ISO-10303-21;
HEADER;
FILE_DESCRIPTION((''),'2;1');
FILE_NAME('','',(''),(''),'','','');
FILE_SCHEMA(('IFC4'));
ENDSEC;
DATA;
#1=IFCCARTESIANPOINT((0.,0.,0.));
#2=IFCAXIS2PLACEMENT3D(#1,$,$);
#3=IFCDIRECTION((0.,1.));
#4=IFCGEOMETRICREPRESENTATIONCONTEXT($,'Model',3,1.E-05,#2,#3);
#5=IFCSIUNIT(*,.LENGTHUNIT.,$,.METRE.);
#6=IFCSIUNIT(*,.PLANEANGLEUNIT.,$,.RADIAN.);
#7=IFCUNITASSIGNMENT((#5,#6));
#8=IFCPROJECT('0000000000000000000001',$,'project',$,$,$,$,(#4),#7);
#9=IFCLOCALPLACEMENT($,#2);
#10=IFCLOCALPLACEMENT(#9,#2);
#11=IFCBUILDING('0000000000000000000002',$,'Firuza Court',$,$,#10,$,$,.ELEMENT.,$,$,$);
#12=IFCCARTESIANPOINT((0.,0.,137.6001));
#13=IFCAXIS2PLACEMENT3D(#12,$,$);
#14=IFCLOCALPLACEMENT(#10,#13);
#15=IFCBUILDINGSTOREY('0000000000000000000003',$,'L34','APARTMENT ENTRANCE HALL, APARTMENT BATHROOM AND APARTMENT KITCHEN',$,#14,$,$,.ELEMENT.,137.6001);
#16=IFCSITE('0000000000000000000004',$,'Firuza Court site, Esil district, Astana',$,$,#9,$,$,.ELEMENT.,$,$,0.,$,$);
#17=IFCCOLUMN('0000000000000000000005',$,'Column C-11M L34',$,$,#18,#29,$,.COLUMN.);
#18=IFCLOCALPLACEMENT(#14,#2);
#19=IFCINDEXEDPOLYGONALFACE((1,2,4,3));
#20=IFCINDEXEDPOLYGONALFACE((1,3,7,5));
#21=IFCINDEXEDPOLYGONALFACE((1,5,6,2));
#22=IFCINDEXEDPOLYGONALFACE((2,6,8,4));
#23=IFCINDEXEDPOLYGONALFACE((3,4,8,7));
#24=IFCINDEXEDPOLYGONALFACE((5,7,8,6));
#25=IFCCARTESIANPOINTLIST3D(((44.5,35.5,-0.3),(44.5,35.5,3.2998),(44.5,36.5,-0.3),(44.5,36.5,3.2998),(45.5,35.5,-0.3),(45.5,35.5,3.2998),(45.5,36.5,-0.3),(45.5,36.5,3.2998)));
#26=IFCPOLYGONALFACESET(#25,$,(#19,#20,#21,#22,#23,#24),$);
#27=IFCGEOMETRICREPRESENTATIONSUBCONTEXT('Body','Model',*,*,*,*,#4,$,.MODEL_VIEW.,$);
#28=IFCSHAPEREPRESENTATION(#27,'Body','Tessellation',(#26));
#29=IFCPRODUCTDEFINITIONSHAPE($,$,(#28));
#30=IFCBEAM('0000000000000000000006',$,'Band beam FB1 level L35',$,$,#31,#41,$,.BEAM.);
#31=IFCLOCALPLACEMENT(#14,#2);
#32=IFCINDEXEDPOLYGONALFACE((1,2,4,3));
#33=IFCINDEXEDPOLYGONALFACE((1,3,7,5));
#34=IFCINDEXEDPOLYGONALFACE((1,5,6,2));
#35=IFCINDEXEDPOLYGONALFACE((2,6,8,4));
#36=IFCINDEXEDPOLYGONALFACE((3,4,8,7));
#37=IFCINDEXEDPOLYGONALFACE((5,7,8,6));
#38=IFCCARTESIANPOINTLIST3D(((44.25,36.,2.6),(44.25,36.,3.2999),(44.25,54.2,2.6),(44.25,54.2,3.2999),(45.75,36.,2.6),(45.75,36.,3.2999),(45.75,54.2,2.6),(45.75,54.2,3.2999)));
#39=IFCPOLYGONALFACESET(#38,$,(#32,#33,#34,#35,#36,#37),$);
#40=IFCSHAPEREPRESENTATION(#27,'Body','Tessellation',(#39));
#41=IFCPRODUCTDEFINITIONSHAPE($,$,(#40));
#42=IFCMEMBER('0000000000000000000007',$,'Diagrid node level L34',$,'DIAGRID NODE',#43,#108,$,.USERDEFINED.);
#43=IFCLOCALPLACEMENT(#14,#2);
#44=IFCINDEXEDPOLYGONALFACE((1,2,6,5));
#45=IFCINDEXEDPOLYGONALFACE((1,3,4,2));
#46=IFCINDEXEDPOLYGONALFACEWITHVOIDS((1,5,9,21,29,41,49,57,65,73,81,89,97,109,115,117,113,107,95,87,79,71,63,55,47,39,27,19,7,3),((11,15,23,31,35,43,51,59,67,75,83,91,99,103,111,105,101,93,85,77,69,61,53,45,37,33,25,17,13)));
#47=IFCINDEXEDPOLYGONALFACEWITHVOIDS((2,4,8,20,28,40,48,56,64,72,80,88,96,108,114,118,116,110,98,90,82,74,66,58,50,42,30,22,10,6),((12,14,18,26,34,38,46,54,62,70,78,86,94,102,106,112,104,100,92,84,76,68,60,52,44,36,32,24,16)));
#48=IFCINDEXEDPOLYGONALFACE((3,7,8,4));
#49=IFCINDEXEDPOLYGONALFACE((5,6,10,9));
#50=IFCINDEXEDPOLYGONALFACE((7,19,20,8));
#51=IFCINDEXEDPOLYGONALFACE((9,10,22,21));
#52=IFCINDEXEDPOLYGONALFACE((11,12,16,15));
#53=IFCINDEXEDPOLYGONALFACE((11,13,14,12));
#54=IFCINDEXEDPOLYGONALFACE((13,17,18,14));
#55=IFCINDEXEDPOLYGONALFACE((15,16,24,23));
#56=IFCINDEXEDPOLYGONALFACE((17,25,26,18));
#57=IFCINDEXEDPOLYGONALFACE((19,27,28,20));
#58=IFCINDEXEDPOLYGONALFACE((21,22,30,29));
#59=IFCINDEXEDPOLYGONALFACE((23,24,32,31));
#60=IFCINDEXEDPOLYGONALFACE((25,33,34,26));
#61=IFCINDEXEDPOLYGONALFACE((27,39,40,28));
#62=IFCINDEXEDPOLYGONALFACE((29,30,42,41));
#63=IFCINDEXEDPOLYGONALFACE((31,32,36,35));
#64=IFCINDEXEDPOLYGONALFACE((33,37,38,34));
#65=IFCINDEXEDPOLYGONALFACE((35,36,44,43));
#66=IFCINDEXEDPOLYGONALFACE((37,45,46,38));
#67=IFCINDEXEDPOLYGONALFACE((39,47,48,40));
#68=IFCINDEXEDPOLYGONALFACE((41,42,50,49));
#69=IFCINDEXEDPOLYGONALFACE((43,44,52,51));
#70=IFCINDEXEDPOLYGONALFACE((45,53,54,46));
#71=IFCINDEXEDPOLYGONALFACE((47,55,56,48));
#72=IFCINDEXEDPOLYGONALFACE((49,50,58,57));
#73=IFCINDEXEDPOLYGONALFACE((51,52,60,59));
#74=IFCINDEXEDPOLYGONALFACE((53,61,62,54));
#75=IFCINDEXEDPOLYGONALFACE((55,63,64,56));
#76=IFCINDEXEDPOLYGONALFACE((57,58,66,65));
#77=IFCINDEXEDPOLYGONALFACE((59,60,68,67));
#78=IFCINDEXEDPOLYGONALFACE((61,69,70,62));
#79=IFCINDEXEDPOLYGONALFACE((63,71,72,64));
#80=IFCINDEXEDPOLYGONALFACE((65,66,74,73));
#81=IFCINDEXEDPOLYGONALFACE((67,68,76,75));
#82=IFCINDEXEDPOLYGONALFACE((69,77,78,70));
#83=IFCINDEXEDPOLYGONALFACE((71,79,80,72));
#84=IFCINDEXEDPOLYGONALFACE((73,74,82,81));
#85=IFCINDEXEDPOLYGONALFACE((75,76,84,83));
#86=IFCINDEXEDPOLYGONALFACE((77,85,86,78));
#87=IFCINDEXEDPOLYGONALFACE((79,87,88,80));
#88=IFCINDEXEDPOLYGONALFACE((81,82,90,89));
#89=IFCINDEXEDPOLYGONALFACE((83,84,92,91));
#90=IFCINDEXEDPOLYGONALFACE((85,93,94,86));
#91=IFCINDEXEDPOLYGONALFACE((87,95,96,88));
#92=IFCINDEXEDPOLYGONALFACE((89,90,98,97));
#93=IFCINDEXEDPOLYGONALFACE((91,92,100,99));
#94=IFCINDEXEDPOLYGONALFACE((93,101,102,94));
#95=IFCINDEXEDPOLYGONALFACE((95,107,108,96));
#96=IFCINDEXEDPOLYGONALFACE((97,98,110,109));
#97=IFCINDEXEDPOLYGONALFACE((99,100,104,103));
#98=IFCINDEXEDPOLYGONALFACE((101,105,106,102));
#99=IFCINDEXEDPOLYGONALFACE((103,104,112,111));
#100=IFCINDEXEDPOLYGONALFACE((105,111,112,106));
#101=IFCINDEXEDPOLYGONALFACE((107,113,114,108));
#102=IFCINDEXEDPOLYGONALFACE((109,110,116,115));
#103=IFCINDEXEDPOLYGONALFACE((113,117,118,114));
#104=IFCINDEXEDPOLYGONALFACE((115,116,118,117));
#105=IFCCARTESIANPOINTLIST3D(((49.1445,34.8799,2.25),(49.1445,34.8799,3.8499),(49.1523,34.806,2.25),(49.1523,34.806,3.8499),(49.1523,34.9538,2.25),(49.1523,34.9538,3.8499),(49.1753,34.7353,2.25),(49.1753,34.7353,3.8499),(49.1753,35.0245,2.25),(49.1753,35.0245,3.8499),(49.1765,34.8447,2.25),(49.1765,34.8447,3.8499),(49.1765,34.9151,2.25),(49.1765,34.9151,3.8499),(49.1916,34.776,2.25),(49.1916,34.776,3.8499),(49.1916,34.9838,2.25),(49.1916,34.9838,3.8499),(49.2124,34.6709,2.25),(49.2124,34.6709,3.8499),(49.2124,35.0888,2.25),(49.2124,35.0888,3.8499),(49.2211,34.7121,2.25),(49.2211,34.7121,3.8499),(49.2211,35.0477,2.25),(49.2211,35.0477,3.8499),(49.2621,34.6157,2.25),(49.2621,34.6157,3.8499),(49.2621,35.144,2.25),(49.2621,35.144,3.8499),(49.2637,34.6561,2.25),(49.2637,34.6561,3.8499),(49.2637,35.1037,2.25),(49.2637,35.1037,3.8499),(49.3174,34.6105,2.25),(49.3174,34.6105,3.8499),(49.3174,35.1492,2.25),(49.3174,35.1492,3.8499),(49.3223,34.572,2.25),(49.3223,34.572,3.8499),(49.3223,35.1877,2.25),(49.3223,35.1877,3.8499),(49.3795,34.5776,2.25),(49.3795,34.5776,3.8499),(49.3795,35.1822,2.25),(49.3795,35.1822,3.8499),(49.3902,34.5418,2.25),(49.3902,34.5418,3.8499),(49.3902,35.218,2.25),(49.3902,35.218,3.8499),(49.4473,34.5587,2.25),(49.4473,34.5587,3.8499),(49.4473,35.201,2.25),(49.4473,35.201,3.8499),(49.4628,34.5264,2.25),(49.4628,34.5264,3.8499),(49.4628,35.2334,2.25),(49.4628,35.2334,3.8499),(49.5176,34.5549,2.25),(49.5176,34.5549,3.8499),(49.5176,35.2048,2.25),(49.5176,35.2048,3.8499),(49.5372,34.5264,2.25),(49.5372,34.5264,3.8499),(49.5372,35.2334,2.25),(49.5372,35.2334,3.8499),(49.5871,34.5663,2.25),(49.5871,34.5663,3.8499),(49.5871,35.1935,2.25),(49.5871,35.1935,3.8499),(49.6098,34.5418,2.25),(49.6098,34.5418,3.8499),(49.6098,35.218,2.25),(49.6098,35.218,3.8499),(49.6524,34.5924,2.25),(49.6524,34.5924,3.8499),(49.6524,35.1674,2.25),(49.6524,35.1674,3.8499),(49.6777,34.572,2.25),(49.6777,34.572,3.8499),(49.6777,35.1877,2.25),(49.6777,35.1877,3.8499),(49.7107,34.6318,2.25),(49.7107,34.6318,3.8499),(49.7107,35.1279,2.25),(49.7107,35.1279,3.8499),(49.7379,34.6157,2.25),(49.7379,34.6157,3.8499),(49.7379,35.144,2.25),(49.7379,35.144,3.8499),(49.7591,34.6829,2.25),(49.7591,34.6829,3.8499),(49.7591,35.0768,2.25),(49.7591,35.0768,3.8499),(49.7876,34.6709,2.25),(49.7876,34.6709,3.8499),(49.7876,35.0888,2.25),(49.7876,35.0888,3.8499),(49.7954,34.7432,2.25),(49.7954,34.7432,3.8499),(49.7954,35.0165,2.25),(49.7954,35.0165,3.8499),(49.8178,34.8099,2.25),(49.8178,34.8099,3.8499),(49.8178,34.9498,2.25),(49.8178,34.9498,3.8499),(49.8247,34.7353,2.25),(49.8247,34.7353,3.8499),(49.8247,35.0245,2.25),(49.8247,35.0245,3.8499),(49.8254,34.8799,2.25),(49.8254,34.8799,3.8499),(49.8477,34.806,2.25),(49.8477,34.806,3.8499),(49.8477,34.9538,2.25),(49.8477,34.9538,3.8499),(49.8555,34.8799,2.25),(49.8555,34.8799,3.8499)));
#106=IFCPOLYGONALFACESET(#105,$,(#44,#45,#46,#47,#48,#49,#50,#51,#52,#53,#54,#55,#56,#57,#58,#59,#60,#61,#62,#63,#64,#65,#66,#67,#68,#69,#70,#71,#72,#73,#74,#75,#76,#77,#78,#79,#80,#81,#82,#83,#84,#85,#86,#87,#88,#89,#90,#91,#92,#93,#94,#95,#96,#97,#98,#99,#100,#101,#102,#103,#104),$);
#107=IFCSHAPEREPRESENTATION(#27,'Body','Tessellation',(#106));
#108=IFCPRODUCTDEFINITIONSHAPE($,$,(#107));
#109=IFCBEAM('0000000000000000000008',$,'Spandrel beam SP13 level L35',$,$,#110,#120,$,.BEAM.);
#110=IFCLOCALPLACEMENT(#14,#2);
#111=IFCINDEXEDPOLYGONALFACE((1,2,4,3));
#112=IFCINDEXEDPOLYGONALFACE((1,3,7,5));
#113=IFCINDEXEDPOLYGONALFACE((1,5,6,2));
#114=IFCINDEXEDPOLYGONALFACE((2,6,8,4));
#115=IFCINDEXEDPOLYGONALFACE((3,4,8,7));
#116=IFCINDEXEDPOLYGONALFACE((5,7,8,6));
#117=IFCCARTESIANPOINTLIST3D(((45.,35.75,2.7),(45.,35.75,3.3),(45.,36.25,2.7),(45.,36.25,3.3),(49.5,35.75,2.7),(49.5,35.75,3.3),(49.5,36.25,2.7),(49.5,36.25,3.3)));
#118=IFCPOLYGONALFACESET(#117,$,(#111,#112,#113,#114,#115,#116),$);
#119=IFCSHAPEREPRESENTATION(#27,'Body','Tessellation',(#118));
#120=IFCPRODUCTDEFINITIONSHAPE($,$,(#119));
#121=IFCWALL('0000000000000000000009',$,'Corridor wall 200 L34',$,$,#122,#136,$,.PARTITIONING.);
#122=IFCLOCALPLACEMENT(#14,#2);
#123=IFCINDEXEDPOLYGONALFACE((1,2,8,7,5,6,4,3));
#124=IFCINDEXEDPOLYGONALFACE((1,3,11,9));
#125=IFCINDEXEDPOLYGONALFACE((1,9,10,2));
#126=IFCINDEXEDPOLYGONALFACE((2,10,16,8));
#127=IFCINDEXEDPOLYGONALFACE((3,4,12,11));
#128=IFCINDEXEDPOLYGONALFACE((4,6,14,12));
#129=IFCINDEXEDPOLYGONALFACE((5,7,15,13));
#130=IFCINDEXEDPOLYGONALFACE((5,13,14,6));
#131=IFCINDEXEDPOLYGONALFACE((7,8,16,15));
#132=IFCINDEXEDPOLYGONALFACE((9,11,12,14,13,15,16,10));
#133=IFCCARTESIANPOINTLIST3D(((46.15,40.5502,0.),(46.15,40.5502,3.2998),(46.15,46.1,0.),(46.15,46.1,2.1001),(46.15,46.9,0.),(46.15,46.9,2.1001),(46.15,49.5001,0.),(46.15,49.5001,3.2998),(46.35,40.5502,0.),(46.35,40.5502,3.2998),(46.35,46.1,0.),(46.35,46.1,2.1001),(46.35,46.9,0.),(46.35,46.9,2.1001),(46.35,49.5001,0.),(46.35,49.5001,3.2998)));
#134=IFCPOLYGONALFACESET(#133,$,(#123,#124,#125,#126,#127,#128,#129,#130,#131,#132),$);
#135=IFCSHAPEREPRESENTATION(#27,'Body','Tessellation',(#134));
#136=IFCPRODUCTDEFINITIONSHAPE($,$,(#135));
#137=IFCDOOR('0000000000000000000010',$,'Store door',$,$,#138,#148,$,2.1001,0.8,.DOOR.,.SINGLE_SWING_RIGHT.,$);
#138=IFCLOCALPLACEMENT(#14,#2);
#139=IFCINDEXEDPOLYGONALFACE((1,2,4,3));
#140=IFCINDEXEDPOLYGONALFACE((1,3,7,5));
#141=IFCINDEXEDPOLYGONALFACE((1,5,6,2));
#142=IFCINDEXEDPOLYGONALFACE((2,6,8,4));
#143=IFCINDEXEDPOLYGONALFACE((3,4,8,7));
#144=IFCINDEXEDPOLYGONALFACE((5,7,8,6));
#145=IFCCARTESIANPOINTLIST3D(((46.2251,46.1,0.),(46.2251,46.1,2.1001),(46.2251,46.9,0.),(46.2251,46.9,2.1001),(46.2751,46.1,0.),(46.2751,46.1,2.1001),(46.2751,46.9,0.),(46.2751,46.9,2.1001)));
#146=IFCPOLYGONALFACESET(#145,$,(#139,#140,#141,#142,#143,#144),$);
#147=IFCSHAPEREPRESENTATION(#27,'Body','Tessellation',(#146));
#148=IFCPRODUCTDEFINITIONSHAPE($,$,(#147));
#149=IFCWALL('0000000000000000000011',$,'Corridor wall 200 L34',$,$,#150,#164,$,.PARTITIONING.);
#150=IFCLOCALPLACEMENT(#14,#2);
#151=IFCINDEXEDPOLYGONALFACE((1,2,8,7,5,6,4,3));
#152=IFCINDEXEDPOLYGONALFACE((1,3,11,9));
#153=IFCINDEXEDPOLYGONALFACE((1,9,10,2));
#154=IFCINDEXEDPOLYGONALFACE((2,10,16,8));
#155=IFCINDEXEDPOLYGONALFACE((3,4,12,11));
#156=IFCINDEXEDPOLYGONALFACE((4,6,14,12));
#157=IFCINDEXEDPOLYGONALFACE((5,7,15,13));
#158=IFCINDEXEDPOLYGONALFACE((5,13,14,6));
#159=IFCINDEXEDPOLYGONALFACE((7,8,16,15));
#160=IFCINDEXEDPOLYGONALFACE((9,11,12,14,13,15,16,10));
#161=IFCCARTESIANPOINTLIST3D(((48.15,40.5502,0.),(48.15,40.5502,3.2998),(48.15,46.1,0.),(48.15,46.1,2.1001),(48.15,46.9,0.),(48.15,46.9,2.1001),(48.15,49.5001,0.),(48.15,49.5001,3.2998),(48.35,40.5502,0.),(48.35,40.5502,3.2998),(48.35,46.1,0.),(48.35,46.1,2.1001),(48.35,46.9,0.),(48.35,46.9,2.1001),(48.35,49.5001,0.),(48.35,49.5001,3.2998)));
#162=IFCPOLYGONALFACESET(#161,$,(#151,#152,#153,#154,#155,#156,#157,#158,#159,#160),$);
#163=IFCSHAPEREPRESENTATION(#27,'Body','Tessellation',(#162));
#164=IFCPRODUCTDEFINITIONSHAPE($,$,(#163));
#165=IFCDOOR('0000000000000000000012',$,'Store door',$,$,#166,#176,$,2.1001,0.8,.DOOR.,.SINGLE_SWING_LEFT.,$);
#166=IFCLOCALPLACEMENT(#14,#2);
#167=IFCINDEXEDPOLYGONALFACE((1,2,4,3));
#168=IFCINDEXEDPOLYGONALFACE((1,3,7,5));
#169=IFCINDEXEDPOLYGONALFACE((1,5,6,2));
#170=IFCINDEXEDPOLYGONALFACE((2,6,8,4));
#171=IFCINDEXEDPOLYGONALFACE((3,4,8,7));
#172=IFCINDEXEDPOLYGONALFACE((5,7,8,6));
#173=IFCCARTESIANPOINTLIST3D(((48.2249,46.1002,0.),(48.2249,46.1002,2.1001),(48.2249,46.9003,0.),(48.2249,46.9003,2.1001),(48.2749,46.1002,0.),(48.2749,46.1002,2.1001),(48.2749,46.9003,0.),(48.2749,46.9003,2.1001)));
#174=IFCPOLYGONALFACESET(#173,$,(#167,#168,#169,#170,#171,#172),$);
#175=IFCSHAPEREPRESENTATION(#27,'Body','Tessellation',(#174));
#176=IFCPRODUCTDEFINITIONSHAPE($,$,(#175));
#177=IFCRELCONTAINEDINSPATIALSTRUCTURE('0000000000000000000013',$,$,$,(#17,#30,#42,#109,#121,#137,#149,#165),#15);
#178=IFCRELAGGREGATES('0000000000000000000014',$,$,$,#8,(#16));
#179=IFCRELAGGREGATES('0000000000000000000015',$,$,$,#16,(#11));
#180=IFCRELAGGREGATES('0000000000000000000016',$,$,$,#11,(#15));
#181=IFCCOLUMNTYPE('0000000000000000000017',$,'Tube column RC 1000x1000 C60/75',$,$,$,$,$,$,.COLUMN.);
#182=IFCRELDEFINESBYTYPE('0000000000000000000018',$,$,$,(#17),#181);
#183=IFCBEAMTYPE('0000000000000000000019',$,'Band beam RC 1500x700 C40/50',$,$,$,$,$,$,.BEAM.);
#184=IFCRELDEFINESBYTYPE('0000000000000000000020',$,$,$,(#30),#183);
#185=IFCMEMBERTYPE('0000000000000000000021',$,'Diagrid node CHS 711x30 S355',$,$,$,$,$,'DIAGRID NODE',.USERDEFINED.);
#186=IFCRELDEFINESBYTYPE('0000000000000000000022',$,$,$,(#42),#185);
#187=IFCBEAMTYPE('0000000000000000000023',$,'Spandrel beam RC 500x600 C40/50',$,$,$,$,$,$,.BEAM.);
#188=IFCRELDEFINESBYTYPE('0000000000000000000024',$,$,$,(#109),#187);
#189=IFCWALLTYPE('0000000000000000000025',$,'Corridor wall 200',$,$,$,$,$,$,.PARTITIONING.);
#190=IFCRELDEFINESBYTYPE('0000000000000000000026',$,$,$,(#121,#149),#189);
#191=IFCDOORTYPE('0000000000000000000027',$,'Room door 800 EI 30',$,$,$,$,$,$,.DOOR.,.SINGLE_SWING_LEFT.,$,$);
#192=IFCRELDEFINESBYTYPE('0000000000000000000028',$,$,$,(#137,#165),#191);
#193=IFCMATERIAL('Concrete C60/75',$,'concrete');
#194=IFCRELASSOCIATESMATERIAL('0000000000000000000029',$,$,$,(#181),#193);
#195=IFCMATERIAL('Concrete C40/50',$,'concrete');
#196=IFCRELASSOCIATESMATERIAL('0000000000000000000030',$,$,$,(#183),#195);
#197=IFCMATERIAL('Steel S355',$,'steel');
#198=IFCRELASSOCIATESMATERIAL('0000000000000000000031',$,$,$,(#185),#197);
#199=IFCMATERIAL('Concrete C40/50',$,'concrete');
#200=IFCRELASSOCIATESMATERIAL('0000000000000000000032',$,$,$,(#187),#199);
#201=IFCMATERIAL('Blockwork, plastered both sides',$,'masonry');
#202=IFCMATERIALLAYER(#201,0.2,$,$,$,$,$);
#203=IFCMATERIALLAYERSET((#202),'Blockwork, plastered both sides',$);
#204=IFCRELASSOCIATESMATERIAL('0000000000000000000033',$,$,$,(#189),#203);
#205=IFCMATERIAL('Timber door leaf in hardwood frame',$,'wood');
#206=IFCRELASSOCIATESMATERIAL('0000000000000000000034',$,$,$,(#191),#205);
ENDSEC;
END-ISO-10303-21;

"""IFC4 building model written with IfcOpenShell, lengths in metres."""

from ifc_helpers import new_model, si_unit, direction, frame, frame_2d, origin, origin_2d, place, context, subcontext, project, spatial, rectangle, hollow_circle, extrude, material, layer, layer_set, material_profile, profile_set, type_object, element, fill, save


model = new_model("IFC4")

# Units and contexts
model_context = context("Model", 3, precision=1e-05, world=origin(), true_north=direction((0.0, 1.0)))
body_context = subcontext(model_context, "Body", "Model", "MODEL_VIEW")
ifc_project = project(units=[si_unit("LENGTHUNIT", "METRE"), si_unit("PLANEANGLEUNIT", "RADIAN")], contexts=[model_context])

# Site, building, storey
site_placement = place(None, origin())
site = spatial("IfcSite", under=ifc_project, at=site_placement, Name="Firuza Court site, Esil district, Astana", CompositionType="ELEMENT", RefElevation=0.0)
building_placement = place(site_placement, origin())
building = spatial("IfcBuilding", under=site, at=building_placement, Name="Firuza Court", CompositionType="ELEMENT")
storey_placement = place(building_placement, frame((0.0, 0.0, 137.6001)))
storey = spatial("IfcBuildingStorey", under=building, at=storey_placement, Name="L34", Description="APARTMENT ENTRANCE HALL, APARTMENT BATHROOM AND APARTMENT KITCHEN", CompositionType="ELEMENT", Elevation=137.6001)

# Column
ifc_material_1 = material(Name="Concrete C60/75", Category="concrete")
ifc_material_profile_1 = material_profile(ifc_material_1, rectangle(XDim=1.0, YDim=1.0, at=origin_2d()), Name="RC 1000x1000")
ifc_profile_set_1 = profile_set([ifc_material_profile_1], Name="Concrete C60/75")
column_type = type_object("IfcColumnType", Name="Tube column RC 1000x1000 C60/75", PredefinedType="COLUMN", material=ifc_profile_set_1)
column_placement = place(storey_placement, frame((45.0, 36.0, -0.3), z_axis=(0.0, 0.0, 1.0), x_axis=(1.0, 0.0, 0.0)))
element("IfcColumn", 1, at=column_placement, inside=storey, type_object=column_type, Name="Column C-11M L34", PredefinedType="COLUMN", context=body_context, shape_type="SweptSolid", body=[
    extrude(rectangle(XDim=1.0, YDim=1.0, at=origin_2d()), origin(), (0.0, 0.0, 1.0), 3.5999),
])

# Beam
ifc_material_2 = material(Name="Concrete C40/50", Category="concrete")
ifc_material_profile_2 = material_profile(ifc_material_2, rectangle(XDim=1.5, YDim=0.7, at=origin_2d()), Name="RC 1500x700")
ifc_profile_set_2 = profile_set([ifc_material_profile_2], Name="Concrete C40/50")
beam_type_1 = type_object("IfcBeamType", Name="Band beam RC 1500x700 C40/50", PredefinedType="BEAM", material=ifc_profile_set_2)
beam_1_placement = place(storey_placement, frame((45.0, 36.0, 2.95), z_axis=(0.0, 1.0, 0.0), x_axis=(-1.0, 0.0, 0.0)))
element("IfcBeam", 2, at=beam_1_placement, inside=storey, type_object=beam_type_1, Name="Band beam FB1 level L35", PredefinedType="BEAM", context=body_context, shape_type="SweptSolid", body=[
    extrude(rectangle(XDim=1.5, YDim=0.7, at=origin_2d()), origin(), (0.0, 0.0, 1.0), 18.2),
])

# Member
ifc_material_3 = material(Name="Steel S355", Category="steel")
ifc_material_profile_3 = material_profile(ifc_material_3, hollow_circle(Radius=0.3555, WallThickness=0.03, at=origin_2d()), Name="CHS 711x30")
ifc_profile_set_3 = profile_set([ifc_material_profile_3], Name="Steel S355")
member_type = type_object("IfcMemberType", Name="Diagrid node CHS 711x30 S355", ElementType="DIAGRID NODE", PredefinedType="USERDEFINED", material=ifc_profile_set_3)
member_placement = place(storey_placement, frame((49.5, 34.8799, 2.25), z_axis=(0.0, 0.0, 1.0), x_axis=(1.0, 0.0, 0.0)))
element("IfcMember", 3, at=member_placement, inside=storey, type_object=member_type, Name="Diagrid node level L34", ObjectType="DIAGRID NODE", PredefinedType="USERDEFINED", context=body_context, shape_type="SweptSolid", body=[
    extrude(hollow_circle(Radius=0.3555, WallThickness=0.03, at=origin_2d()), origin(), (0.0, 0.0, 1.0), 1.5999),
])

# Beam
ifc_material_4 = material(Name="Concrete C40/50", Category="concrete")
ifc_material_profile_4 = material_profile(ifc_material_4, rectangle(XDim=0.5, YDim=0.6001, at=origin_2d()), Name="RC 500x600")
ifc_profile_set_4 = profile_set([ifc_material_profile_4], Name="Concrete C40/50")
beam_type_2 = type_object("IfcBeamType", Name="Spandrel beam RC 500x600 C40/50", PredefinedType="BEAM", material=ifc_profile_set_4)
beam_2_placement = place(storey_placement, frame((45.0, 36.0, 3.0), z_axis=(1.0, 0.0, 0.0), x_axis=(0.0, 1.0, 0.0)))
element("IfcBeam", 4, at=beam_2_placement, inside=storey, type_object=beam_type_2, Name="Spandrel beam SP13 level L35", PredefinedType="BEAM", context=body_context, shape_type="SweptSolid", body=[
    extrude(rectangle(XDim=0.5, YDim=0.6001, at=origin_2d()), origin(), (0.0, 0.0, 1.0), 4.5),
])

# Walls, openings, doors
ifc_material_5 = material(Name="Blockwork, plastered both sides", Category="masonry")
ifc_layer_1 = layer(ifc_material_5, 0.2)
ifc_layer_set_1 = layer_set([ifc_layer_1], Name="Blockwork, plastered both sides")
wall_type_1 = type_object("IfcWallType", Name="Corridor wall 200", PredefinedType="PARTITIONING", material=ifc_layer_set_1)
wall_1_placement = place(storey_placement, frame((46.25, 40.55, 0.0), z_axis=(0.0, 0.0, 1.0), x_axis=(0.0, 1.0, 0.0)))
wall_1 = element("IfcWall", 5, at=wall_1_placement, inside=storey, type_object=wall_type_1, Name="Corridor wall 200 L34", PredefinedType="PARTITIONING", context=body_context, shape_type="SweptSolid", body=[
    extrude(rectangle(XDim=8.95, YDim=0.2, at=frame_2d((4.4751, 0.0))), origin(), (0.0, 0.0, 1.0), 3.2998),
])
opening_1_placement = place(wall_1_placement, frame((5.55, 0.0, 0.0)))
opening_1 = element("IfcOpeningElement", 6, at=opening_1_placement, cuts=wall_1, PredefinedType="OPENING", context=body_context, shape_type="SweptSolid", body=[
    extrude(rectangle(XDim=0.8, YDim=2.1001, at=frame_2d((0.3999, 1.05))), frame((0.0, 0.1118, 0.0), z_axis=(0.0, -1.0, 0.0), x_axis=(1.0, 0.0, 0.0)), (0.0, 0.0, 1.0), 0.2239),
])
ifc_material_6 = material(Name="Timber door leaf in hardwood frame", Category="wood")
door_type_1 = type_object("IfcDoorType", Name="Room door 800 EI 30", OperationType="SINGLE_SWING_LEFT", PredefinedType="DOOR", material=ifc_material_6)
door_1_placement = place(opening_1_placement, origin())
door_1 = element("IfcDoor", 7, at=door_1_placement, inside=storey, type_object=door_type_1, Name="Store door", OperationType="SINGLE_SWING_RIGHT", OverallHeight=2.1001, OverallWidth=0.8, PredefinedType="DOOR", context=body_context, shape_type="SweptSolid", body=[
    extrude(rectangle(XDim=0.8, YDim=2.1001, at=frame_2d((0.3999, 1.05))), frame((0.0, 0.0249, 0.0), z_axis=(0.0, -1.0, 0.0), x_axis=(1.0, 0.0, 0.0)), (0.0, 0.0, 1.0), 0.05),
])
fill(opening_1, door_1)
wall_2_placement = place(storey_placement, frame((48.25, 40.55, 0.0), z_axis=(0.0, 0.0, 1.0), x_axis=(0.0, 1.0, 0.0)))
wall_2 = element("IfcWall", 8, at=wall_2_placement, inside=storey, type_object=wall_type_1, Name="Corridor wall 200 L34", PredefinedType="PARTITIONING", context=body_context, shape_type="SweptSolid", body=[
    extrude(rectangle(XDim=8.95, YDim=0.2, at=frame_2d((4.4751, 0.0))), origin(), (0.0, 0.0, 1.0), 3.2998),
])
opening_2_placement = place(wall_2_placement, frame((5.55, 0.0, 0.0)))
opening_2 = element("IfcOpeningElement", 9, at=opening_2_placement, cuts=wall_2, PredefinedType="OPENING", context=body_context, shape_type="SweptSolid", body=[
    extrude(rectangle(XDim=0.8, YDim=2.1001, at=frame_2d((0.3999, 1.05))), frame((0.0, 0.1118, 0.0), z_axis=(0.0, -1.0, 0.0), x_axis=(1.0, 0.0, 0.0)), (0.0, 0.0, 1.0), 0.2239),
])
door_2_placement = place(opening_2_placement, frame((0.8, 0.0, 0.0), z_axis=(0.0, 0.0, 1.0), x_axis=(-1.0, 0.0, 0.0)))
door_2 = element("IfcDoor", 10, at=door_2_placement, inside=storey, type_object=door_type_1, Name="Store door", OperationType="SINGLE_SWING_LEFT", OverallHeight=2.1001, OverallWidth=0.8, PredefinedType="DOOR", context=body_context, shape_type="SweptSolid", body=[
    extrude(rectangle(XDim=0.8, YDim=2.1001, at=frame_2d((0.3999, 1.05))), frame((0.0, 0.0249, 0.0), z_axis=(0.0, -1.0, 0.0), x_axis=(1.0, 0.0, 0.0)), (0.0, 0.0, 1.0), 0.05),
])
fill(opening_2, door_2)

save(model, "model.ifc")
